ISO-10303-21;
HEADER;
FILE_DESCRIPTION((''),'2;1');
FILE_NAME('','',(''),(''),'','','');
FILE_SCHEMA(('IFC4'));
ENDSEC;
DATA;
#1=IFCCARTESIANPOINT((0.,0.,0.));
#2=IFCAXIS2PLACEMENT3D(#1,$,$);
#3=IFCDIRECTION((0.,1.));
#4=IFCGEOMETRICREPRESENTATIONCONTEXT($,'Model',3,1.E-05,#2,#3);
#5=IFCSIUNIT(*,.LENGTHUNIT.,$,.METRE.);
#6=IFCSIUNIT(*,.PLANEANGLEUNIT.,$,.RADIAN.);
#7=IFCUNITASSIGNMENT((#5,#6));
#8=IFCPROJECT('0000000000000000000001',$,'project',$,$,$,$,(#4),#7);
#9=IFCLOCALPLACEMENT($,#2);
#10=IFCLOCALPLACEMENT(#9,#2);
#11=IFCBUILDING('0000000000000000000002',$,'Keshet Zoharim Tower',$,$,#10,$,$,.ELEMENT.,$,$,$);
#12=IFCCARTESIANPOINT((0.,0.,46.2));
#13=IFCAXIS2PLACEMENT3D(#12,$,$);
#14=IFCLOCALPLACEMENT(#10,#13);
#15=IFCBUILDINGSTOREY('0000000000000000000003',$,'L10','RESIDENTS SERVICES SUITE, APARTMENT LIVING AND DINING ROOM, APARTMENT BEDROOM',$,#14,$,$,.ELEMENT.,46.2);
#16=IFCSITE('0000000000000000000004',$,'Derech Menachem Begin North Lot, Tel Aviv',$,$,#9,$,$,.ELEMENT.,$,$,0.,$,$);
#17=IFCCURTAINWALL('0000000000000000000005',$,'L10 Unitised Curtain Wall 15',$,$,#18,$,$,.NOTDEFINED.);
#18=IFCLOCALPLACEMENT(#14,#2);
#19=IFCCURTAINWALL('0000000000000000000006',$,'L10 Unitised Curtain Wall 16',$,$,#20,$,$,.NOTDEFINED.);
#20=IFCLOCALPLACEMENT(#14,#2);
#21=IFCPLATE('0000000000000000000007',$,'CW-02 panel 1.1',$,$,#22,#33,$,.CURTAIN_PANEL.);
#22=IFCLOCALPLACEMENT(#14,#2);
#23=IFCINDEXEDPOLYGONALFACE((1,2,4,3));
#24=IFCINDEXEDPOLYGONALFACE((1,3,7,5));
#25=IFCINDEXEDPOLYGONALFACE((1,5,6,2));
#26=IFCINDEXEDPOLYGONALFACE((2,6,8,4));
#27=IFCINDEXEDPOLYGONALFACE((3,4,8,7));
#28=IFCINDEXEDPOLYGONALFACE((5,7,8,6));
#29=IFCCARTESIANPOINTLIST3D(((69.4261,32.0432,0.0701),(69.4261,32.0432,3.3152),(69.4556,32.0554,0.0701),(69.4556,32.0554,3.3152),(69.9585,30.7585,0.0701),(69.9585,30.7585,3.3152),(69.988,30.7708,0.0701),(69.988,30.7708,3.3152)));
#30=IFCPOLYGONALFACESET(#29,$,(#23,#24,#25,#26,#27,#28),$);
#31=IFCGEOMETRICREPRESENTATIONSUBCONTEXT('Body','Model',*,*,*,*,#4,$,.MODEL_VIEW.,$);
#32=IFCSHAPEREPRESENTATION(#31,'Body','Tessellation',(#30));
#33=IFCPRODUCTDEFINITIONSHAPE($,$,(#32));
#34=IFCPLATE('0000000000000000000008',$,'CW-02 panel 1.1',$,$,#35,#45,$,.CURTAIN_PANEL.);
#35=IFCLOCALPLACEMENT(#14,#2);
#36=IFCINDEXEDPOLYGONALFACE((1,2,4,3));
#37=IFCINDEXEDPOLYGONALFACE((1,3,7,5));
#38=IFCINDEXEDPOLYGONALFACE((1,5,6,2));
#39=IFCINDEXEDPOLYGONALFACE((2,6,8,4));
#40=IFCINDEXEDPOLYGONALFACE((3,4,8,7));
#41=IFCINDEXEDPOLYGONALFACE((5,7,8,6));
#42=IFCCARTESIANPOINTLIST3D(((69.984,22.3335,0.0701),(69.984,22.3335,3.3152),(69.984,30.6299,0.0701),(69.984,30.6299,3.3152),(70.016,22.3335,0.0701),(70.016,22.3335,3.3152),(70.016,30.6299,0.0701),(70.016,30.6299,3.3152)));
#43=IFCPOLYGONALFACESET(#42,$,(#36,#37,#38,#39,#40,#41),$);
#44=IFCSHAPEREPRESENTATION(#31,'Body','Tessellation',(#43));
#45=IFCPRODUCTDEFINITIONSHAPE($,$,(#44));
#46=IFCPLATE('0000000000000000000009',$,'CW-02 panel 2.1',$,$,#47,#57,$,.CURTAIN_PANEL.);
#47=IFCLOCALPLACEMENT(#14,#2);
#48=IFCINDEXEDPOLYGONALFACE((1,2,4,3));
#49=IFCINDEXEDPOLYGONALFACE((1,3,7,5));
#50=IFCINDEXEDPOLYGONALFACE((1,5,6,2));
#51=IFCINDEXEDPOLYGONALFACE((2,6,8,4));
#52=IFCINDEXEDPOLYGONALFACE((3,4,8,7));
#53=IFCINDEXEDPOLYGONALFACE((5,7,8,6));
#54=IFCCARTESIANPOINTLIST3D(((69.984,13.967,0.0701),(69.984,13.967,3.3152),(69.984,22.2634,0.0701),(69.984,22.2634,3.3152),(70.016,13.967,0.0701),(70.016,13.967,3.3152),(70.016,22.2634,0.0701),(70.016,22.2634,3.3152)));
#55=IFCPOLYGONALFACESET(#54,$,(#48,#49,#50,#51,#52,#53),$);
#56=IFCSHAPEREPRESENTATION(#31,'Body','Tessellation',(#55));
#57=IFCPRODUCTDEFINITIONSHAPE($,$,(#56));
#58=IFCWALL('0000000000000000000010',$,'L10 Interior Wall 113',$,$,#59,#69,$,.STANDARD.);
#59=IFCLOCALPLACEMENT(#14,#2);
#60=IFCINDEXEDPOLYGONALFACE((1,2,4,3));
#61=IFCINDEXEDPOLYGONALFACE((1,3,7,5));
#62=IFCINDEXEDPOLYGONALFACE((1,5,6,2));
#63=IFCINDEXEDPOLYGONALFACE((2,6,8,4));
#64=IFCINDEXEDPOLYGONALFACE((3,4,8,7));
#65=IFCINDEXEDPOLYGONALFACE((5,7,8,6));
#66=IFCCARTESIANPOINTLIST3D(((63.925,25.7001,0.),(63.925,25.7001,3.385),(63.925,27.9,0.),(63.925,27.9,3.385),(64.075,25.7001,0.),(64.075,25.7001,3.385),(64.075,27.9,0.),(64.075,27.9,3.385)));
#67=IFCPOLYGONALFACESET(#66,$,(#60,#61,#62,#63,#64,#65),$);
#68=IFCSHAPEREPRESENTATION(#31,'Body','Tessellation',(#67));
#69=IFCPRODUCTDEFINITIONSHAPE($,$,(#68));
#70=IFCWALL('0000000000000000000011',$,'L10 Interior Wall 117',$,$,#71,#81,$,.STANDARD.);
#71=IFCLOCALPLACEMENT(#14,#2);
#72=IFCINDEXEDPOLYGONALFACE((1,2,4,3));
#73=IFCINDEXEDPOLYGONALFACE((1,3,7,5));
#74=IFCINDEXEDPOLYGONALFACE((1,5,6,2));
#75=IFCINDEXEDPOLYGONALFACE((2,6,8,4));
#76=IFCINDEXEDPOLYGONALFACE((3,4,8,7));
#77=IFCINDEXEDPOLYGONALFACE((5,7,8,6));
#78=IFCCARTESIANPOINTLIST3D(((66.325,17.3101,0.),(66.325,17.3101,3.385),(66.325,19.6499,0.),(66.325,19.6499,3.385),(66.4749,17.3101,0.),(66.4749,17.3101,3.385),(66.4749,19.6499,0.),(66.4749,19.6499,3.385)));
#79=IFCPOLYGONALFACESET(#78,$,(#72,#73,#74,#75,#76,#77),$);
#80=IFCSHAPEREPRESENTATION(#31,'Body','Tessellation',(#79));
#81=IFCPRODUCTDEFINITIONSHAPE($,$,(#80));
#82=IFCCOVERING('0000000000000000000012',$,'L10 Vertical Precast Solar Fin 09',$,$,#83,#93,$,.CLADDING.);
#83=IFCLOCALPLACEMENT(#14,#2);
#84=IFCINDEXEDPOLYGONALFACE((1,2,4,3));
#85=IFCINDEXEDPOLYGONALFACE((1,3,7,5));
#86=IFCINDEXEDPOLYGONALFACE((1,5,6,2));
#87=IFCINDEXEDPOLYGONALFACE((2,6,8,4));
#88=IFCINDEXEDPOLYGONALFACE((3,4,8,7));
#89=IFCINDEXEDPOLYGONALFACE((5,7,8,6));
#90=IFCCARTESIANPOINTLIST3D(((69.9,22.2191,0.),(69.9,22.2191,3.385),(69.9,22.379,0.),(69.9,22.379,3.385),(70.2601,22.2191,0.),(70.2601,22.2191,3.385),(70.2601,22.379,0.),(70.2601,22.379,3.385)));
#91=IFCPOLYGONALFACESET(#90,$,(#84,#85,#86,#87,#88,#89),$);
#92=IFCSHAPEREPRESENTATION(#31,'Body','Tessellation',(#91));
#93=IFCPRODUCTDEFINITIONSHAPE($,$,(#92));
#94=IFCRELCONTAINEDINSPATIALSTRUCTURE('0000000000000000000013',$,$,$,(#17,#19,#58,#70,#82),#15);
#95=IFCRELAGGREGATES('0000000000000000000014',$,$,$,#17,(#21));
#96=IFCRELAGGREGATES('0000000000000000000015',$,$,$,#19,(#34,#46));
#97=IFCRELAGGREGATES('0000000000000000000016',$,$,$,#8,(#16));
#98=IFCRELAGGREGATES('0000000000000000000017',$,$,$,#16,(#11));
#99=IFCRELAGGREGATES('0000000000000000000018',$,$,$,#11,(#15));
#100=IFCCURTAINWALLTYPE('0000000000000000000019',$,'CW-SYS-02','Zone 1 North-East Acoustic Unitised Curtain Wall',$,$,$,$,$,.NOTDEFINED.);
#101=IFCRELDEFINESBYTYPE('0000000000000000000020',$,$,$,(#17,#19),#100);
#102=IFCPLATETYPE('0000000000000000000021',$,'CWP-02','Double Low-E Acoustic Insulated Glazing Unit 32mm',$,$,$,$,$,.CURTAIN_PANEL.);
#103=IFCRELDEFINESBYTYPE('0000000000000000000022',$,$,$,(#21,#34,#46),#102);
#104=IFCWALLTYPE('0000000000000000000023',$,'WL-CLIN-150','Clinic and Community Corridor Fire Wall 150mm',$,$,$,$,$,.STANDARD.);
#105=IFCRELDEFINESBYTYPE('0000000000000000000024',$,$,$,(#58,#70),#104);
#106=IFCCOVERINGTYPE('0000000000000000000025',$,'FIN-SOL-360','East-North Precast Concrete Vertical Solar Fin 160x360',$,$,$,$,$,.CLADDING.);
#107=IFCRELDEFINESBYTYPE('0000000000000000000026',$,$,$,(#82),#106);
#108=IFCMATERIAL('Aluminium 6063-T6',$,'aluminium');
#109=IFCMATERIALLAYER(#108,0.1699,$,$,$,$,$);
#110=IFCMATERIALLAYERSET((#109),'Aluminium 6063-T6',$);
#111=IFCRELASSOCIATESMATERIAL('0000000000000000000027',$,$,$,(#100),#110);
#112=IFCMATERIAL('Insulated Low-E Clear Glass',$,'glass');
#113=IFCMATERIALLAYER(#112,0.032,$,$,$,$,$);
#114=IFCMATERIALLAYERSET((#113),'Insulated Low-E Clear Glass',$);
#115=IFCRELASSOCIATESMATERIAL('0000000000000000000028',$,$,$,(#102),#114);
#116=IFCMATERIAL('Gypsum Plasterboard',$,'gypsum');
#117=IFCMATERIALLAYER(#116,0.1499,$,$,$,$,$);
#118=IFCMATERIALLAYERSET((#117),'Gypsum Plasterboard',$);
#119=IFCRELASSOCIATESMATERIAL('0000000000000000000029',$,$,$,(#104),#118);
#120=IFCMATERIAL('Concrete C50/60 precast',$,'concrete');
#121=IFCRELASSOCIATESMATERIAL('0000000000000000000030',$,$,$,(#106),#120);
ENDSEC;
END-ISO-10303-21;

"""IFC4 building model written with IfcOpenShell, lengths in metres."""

from ifc_helpers import new_model, si_unit, direction, frame, frame_2d, origin, origin_2d, place, context, subcontext, project, spatial, rectangle, extrude, material, layer, layer_set, type_object, element, aggregate, save


model = new_model("IFC4")

# Units and contexts
model_context = context("Model", 3, precision=1e-05, world=origin(), true_north=direction((0.0, 1.0)))
body_context = subcontext(model_context, "Body", "Model", "MODEL_VIEW")
ifc_project = project(units=[si_unit("LENGTHUNIT", "METRE"), si_unit("PLANEANGLEUNIT", "RADIAN")], contexts=[model_context])

# Site, building, storey
site_placement = place(None, origin())
site = spatial("IfcSite", under=ifc_project, at=site_placement, Name="Derech Menachem Begin North Lot, Tel Aviv", CompositionType="ELEMENT", RefElevation=0.0)
building_placement = place(site_placement, origin())
building = spatial("IfcBuilding", under=site, at=building_placement, Name="Keshet Zoharim Tower", CompositionType="ELEMENT")
storey_placement = place(building_placement, frame((0.0, 0.0, 46.2)))
storey = spatial("IfcBuildingStorey", under=building, at=storey_placement, Name="L10", Description="RESIDENTS SERVICES SUITE, APARTMENT LIVING AND DINING ROOM, APARTMENT BEDROOM", CompositionType="ELEMENT", Elevation=46.2)

# Curtain wall
ifc_material_1 = material(Name="Aluminium 6063-T6", Category="aluminium")
ifc_layer_1 = layer(ifc_material_1, 0.1699)
ifc_layer_set_1 = layer_set([ifc_layer_1], Name="Aluminium 6063-T6")
curtain_wall_type = type_object("IfcCurtainWallType", Name="CW-SYS-02", Description="Zone 1 North-East Acoustic Unitised Curtain Wall", PredefinedType="NOTDEFINED", material=ifc_layer_set_1)
curtain_wall_1_placement = place(storey_placement, origin())
curtain_wall_1 = element("IfcCurtainWall", 1, at=curtain_wall_1_placement, inside=storey, type_object=curtain_wall_type, Name="L10 Unitised Curtain Wall 15", PredefinedType="NOTDEFINED")

# Curtain wall
curtain_wall_2_placement = place(storey_placement, origin())
curtain_wall_2 = element("IfcCurtainWall", 2, at=curtain_wall_2_placement, inside=storey, type_object=curtain_wall_type, Name="L10 Unitised Curtain Wall 16", PredefinedType="NOTDEFINED")

# Plates
ifc_material_2 = material(Name="Insulated Low-E Clear Glass", Category="glass")
ifc_layer_2 = layer(ifc_material_2, 0.032)
ifc_layer_set_2 = layer_set([ifc_layer_2], Name="Insulated Low-E Clear Glass")
plate_type = type_object("IfcPlateType", Name="CWP-02", Description="Double Low-E Acoustic Insulated Glazing Unit 32mm", PredefinedType="CURTAIN_PANEL", material=ifc_layer_set_2)
plate_1_placement = place(storey_placement, frame((69.707, 31.407, 0.0701), z_axis=(0.0, 0.0, 1.0), x_axis=(0.382852, -0.92381, 0.0)))
plate_1 = element("IfcPlate", 3, at=plate_1_placement, type_object=plate_type, Name="CW-02 panel 1.1", PredefinedType="CURTAIN_PANEL", context=body_context, shape_type="SweptSolid", body=[
    extrude(rectangle(XDim=1.3906, YDim=0.032, at=origin_2d()), origin(), (0.0, 0.0, 1.0), 3.2451),
])
aggregate(curtain_wall_1, [plate_1])
plate_2_placement = place(storey_placement, frame((70.0, 26.4817, 0.0701), z_axis=(0.0, 0.0, 1.0), x_axis=(0.0, -1.0, 0.0)))
plate_2 = element("IfcPlate", 4, at=plate_2_placement, type_object=plate_type, Name="CW-02 panel 1.1", PredefinedType="CURTAIN_PANEL", context=body_context, shape_type="SweptSolid", body=[
    extrude(rectangle(XDim=8.2964, YDim=0.032, at=origin_2d()), origin(), (0.0, 0.0, 1.0), 3.2451),
])
plate_3_placement = place(storey_placement, frame((70.0, 18.1152, 0.0701), z_axis=(0.0, 0.0, 1.0), x_axis=(0.0, -1.0, 0.0)))
plate_3 = element("IfcPlate", 5, at=plate_3_placement, type_object=plate_type, Name="CW-02 panel 2.1", PredefinedType="CURTAIN_PANEL", context=body_context, shape_type="SweptSolid", body=[
    extrude(rectangle(XDim=8.2964, YDim=0.032, at=origin_2d()), origin(), (0.0, 0.0, 1.0), 3.2451),
])
aggregate(curtain_wall_2, [plate_2, plate_3])

# Walls
ifc_material_3 = material(Name="Gypsum Plasterboard", Category="gypsum")
ifc_layer_3 = layer(ifc_material_3, 0.1499)
ifc_layer_set_3 = layer_set([ifc_layer_3], Name="Gypsum Plasterboard")
wall_type = type_object("IfcWallType", Name="WL-CLIN-150", Description="Clinic and Community Corridor Fire Wall 150mm", PredefinedType="STANDARD", material=ifc_layer_set_3)
wall_1_placement = place(storey_placement, frame((64.0, 25.7, 0.0), z_axis=(0.0, 0.0, 1.0), x_axis=(0.0, 1.0, 0.0)))
element("IfcWall", 6, at=wall_1_placement, inside=storey, type_object=wall_type, Name="L10 Interior Wall 113", PredefinedType="STANDARD", context=body_context, shape_type="SweptSolid", body=[
    extrude(rectangle(XDim=2.2, YDim=0.1499, at=frame_2d((1.1001, 0.0))), origin(), (0.0, 0.0, 1.0), 3.385),
])
wall_2_placement = place(storey_placement, frame((66.3999, 17.3101, 0.0), z_axis=(0.0, 0.0, 1.0), x_axis=(0.0, 1.0, 0.0)))
element("IfcWall", 7, at=wall_2_placement, inside=storey, type_object=wall_type, Name="L10 Interior Wall 117", PredefinedType="STANDARD", context=body_context, shape_type="SweptSolid", body=[
    extrude(rectangle(XDim=2.3398, YDim=0.1499, at=frame_2d((1.1699, 0.0))), origin(), (0.0, 0.0, 1.0), 3.385),
])

# Covering
ifc_material_4 = material(Name="Concrete C50/60 precast", Category="concrete")
covering_type = type_object("IfcCoveringType", Name="FIN-SOL-360", Description="East-North Precast Concrete Vertical Solar Fin 160x360", PredefinedType="CLADDING", material=ifc_material_4)
covering_placement = place(storey_placement, frame((70.0801, 22.2991, 0.0), z_axis=(0.0, 0.0, 1.0), x_axis=(0.0, -1.0, 0.0)))
element("IfcCovering", 8, at=covering_placement, inside=storey, type_object=covering_type, Name="L10 Vertical Precast Solar Fin 09", PredefinedType="CLADDING", context=body_context, shape_type="SweptSolid", body=[
    extrude(rectangle(XDim=0.1599, YDim=0.3601, at=origin_2d()), origin(), (0.0, 0.0, 1.0), 3.385),
])

save(model, "model.ifc")
